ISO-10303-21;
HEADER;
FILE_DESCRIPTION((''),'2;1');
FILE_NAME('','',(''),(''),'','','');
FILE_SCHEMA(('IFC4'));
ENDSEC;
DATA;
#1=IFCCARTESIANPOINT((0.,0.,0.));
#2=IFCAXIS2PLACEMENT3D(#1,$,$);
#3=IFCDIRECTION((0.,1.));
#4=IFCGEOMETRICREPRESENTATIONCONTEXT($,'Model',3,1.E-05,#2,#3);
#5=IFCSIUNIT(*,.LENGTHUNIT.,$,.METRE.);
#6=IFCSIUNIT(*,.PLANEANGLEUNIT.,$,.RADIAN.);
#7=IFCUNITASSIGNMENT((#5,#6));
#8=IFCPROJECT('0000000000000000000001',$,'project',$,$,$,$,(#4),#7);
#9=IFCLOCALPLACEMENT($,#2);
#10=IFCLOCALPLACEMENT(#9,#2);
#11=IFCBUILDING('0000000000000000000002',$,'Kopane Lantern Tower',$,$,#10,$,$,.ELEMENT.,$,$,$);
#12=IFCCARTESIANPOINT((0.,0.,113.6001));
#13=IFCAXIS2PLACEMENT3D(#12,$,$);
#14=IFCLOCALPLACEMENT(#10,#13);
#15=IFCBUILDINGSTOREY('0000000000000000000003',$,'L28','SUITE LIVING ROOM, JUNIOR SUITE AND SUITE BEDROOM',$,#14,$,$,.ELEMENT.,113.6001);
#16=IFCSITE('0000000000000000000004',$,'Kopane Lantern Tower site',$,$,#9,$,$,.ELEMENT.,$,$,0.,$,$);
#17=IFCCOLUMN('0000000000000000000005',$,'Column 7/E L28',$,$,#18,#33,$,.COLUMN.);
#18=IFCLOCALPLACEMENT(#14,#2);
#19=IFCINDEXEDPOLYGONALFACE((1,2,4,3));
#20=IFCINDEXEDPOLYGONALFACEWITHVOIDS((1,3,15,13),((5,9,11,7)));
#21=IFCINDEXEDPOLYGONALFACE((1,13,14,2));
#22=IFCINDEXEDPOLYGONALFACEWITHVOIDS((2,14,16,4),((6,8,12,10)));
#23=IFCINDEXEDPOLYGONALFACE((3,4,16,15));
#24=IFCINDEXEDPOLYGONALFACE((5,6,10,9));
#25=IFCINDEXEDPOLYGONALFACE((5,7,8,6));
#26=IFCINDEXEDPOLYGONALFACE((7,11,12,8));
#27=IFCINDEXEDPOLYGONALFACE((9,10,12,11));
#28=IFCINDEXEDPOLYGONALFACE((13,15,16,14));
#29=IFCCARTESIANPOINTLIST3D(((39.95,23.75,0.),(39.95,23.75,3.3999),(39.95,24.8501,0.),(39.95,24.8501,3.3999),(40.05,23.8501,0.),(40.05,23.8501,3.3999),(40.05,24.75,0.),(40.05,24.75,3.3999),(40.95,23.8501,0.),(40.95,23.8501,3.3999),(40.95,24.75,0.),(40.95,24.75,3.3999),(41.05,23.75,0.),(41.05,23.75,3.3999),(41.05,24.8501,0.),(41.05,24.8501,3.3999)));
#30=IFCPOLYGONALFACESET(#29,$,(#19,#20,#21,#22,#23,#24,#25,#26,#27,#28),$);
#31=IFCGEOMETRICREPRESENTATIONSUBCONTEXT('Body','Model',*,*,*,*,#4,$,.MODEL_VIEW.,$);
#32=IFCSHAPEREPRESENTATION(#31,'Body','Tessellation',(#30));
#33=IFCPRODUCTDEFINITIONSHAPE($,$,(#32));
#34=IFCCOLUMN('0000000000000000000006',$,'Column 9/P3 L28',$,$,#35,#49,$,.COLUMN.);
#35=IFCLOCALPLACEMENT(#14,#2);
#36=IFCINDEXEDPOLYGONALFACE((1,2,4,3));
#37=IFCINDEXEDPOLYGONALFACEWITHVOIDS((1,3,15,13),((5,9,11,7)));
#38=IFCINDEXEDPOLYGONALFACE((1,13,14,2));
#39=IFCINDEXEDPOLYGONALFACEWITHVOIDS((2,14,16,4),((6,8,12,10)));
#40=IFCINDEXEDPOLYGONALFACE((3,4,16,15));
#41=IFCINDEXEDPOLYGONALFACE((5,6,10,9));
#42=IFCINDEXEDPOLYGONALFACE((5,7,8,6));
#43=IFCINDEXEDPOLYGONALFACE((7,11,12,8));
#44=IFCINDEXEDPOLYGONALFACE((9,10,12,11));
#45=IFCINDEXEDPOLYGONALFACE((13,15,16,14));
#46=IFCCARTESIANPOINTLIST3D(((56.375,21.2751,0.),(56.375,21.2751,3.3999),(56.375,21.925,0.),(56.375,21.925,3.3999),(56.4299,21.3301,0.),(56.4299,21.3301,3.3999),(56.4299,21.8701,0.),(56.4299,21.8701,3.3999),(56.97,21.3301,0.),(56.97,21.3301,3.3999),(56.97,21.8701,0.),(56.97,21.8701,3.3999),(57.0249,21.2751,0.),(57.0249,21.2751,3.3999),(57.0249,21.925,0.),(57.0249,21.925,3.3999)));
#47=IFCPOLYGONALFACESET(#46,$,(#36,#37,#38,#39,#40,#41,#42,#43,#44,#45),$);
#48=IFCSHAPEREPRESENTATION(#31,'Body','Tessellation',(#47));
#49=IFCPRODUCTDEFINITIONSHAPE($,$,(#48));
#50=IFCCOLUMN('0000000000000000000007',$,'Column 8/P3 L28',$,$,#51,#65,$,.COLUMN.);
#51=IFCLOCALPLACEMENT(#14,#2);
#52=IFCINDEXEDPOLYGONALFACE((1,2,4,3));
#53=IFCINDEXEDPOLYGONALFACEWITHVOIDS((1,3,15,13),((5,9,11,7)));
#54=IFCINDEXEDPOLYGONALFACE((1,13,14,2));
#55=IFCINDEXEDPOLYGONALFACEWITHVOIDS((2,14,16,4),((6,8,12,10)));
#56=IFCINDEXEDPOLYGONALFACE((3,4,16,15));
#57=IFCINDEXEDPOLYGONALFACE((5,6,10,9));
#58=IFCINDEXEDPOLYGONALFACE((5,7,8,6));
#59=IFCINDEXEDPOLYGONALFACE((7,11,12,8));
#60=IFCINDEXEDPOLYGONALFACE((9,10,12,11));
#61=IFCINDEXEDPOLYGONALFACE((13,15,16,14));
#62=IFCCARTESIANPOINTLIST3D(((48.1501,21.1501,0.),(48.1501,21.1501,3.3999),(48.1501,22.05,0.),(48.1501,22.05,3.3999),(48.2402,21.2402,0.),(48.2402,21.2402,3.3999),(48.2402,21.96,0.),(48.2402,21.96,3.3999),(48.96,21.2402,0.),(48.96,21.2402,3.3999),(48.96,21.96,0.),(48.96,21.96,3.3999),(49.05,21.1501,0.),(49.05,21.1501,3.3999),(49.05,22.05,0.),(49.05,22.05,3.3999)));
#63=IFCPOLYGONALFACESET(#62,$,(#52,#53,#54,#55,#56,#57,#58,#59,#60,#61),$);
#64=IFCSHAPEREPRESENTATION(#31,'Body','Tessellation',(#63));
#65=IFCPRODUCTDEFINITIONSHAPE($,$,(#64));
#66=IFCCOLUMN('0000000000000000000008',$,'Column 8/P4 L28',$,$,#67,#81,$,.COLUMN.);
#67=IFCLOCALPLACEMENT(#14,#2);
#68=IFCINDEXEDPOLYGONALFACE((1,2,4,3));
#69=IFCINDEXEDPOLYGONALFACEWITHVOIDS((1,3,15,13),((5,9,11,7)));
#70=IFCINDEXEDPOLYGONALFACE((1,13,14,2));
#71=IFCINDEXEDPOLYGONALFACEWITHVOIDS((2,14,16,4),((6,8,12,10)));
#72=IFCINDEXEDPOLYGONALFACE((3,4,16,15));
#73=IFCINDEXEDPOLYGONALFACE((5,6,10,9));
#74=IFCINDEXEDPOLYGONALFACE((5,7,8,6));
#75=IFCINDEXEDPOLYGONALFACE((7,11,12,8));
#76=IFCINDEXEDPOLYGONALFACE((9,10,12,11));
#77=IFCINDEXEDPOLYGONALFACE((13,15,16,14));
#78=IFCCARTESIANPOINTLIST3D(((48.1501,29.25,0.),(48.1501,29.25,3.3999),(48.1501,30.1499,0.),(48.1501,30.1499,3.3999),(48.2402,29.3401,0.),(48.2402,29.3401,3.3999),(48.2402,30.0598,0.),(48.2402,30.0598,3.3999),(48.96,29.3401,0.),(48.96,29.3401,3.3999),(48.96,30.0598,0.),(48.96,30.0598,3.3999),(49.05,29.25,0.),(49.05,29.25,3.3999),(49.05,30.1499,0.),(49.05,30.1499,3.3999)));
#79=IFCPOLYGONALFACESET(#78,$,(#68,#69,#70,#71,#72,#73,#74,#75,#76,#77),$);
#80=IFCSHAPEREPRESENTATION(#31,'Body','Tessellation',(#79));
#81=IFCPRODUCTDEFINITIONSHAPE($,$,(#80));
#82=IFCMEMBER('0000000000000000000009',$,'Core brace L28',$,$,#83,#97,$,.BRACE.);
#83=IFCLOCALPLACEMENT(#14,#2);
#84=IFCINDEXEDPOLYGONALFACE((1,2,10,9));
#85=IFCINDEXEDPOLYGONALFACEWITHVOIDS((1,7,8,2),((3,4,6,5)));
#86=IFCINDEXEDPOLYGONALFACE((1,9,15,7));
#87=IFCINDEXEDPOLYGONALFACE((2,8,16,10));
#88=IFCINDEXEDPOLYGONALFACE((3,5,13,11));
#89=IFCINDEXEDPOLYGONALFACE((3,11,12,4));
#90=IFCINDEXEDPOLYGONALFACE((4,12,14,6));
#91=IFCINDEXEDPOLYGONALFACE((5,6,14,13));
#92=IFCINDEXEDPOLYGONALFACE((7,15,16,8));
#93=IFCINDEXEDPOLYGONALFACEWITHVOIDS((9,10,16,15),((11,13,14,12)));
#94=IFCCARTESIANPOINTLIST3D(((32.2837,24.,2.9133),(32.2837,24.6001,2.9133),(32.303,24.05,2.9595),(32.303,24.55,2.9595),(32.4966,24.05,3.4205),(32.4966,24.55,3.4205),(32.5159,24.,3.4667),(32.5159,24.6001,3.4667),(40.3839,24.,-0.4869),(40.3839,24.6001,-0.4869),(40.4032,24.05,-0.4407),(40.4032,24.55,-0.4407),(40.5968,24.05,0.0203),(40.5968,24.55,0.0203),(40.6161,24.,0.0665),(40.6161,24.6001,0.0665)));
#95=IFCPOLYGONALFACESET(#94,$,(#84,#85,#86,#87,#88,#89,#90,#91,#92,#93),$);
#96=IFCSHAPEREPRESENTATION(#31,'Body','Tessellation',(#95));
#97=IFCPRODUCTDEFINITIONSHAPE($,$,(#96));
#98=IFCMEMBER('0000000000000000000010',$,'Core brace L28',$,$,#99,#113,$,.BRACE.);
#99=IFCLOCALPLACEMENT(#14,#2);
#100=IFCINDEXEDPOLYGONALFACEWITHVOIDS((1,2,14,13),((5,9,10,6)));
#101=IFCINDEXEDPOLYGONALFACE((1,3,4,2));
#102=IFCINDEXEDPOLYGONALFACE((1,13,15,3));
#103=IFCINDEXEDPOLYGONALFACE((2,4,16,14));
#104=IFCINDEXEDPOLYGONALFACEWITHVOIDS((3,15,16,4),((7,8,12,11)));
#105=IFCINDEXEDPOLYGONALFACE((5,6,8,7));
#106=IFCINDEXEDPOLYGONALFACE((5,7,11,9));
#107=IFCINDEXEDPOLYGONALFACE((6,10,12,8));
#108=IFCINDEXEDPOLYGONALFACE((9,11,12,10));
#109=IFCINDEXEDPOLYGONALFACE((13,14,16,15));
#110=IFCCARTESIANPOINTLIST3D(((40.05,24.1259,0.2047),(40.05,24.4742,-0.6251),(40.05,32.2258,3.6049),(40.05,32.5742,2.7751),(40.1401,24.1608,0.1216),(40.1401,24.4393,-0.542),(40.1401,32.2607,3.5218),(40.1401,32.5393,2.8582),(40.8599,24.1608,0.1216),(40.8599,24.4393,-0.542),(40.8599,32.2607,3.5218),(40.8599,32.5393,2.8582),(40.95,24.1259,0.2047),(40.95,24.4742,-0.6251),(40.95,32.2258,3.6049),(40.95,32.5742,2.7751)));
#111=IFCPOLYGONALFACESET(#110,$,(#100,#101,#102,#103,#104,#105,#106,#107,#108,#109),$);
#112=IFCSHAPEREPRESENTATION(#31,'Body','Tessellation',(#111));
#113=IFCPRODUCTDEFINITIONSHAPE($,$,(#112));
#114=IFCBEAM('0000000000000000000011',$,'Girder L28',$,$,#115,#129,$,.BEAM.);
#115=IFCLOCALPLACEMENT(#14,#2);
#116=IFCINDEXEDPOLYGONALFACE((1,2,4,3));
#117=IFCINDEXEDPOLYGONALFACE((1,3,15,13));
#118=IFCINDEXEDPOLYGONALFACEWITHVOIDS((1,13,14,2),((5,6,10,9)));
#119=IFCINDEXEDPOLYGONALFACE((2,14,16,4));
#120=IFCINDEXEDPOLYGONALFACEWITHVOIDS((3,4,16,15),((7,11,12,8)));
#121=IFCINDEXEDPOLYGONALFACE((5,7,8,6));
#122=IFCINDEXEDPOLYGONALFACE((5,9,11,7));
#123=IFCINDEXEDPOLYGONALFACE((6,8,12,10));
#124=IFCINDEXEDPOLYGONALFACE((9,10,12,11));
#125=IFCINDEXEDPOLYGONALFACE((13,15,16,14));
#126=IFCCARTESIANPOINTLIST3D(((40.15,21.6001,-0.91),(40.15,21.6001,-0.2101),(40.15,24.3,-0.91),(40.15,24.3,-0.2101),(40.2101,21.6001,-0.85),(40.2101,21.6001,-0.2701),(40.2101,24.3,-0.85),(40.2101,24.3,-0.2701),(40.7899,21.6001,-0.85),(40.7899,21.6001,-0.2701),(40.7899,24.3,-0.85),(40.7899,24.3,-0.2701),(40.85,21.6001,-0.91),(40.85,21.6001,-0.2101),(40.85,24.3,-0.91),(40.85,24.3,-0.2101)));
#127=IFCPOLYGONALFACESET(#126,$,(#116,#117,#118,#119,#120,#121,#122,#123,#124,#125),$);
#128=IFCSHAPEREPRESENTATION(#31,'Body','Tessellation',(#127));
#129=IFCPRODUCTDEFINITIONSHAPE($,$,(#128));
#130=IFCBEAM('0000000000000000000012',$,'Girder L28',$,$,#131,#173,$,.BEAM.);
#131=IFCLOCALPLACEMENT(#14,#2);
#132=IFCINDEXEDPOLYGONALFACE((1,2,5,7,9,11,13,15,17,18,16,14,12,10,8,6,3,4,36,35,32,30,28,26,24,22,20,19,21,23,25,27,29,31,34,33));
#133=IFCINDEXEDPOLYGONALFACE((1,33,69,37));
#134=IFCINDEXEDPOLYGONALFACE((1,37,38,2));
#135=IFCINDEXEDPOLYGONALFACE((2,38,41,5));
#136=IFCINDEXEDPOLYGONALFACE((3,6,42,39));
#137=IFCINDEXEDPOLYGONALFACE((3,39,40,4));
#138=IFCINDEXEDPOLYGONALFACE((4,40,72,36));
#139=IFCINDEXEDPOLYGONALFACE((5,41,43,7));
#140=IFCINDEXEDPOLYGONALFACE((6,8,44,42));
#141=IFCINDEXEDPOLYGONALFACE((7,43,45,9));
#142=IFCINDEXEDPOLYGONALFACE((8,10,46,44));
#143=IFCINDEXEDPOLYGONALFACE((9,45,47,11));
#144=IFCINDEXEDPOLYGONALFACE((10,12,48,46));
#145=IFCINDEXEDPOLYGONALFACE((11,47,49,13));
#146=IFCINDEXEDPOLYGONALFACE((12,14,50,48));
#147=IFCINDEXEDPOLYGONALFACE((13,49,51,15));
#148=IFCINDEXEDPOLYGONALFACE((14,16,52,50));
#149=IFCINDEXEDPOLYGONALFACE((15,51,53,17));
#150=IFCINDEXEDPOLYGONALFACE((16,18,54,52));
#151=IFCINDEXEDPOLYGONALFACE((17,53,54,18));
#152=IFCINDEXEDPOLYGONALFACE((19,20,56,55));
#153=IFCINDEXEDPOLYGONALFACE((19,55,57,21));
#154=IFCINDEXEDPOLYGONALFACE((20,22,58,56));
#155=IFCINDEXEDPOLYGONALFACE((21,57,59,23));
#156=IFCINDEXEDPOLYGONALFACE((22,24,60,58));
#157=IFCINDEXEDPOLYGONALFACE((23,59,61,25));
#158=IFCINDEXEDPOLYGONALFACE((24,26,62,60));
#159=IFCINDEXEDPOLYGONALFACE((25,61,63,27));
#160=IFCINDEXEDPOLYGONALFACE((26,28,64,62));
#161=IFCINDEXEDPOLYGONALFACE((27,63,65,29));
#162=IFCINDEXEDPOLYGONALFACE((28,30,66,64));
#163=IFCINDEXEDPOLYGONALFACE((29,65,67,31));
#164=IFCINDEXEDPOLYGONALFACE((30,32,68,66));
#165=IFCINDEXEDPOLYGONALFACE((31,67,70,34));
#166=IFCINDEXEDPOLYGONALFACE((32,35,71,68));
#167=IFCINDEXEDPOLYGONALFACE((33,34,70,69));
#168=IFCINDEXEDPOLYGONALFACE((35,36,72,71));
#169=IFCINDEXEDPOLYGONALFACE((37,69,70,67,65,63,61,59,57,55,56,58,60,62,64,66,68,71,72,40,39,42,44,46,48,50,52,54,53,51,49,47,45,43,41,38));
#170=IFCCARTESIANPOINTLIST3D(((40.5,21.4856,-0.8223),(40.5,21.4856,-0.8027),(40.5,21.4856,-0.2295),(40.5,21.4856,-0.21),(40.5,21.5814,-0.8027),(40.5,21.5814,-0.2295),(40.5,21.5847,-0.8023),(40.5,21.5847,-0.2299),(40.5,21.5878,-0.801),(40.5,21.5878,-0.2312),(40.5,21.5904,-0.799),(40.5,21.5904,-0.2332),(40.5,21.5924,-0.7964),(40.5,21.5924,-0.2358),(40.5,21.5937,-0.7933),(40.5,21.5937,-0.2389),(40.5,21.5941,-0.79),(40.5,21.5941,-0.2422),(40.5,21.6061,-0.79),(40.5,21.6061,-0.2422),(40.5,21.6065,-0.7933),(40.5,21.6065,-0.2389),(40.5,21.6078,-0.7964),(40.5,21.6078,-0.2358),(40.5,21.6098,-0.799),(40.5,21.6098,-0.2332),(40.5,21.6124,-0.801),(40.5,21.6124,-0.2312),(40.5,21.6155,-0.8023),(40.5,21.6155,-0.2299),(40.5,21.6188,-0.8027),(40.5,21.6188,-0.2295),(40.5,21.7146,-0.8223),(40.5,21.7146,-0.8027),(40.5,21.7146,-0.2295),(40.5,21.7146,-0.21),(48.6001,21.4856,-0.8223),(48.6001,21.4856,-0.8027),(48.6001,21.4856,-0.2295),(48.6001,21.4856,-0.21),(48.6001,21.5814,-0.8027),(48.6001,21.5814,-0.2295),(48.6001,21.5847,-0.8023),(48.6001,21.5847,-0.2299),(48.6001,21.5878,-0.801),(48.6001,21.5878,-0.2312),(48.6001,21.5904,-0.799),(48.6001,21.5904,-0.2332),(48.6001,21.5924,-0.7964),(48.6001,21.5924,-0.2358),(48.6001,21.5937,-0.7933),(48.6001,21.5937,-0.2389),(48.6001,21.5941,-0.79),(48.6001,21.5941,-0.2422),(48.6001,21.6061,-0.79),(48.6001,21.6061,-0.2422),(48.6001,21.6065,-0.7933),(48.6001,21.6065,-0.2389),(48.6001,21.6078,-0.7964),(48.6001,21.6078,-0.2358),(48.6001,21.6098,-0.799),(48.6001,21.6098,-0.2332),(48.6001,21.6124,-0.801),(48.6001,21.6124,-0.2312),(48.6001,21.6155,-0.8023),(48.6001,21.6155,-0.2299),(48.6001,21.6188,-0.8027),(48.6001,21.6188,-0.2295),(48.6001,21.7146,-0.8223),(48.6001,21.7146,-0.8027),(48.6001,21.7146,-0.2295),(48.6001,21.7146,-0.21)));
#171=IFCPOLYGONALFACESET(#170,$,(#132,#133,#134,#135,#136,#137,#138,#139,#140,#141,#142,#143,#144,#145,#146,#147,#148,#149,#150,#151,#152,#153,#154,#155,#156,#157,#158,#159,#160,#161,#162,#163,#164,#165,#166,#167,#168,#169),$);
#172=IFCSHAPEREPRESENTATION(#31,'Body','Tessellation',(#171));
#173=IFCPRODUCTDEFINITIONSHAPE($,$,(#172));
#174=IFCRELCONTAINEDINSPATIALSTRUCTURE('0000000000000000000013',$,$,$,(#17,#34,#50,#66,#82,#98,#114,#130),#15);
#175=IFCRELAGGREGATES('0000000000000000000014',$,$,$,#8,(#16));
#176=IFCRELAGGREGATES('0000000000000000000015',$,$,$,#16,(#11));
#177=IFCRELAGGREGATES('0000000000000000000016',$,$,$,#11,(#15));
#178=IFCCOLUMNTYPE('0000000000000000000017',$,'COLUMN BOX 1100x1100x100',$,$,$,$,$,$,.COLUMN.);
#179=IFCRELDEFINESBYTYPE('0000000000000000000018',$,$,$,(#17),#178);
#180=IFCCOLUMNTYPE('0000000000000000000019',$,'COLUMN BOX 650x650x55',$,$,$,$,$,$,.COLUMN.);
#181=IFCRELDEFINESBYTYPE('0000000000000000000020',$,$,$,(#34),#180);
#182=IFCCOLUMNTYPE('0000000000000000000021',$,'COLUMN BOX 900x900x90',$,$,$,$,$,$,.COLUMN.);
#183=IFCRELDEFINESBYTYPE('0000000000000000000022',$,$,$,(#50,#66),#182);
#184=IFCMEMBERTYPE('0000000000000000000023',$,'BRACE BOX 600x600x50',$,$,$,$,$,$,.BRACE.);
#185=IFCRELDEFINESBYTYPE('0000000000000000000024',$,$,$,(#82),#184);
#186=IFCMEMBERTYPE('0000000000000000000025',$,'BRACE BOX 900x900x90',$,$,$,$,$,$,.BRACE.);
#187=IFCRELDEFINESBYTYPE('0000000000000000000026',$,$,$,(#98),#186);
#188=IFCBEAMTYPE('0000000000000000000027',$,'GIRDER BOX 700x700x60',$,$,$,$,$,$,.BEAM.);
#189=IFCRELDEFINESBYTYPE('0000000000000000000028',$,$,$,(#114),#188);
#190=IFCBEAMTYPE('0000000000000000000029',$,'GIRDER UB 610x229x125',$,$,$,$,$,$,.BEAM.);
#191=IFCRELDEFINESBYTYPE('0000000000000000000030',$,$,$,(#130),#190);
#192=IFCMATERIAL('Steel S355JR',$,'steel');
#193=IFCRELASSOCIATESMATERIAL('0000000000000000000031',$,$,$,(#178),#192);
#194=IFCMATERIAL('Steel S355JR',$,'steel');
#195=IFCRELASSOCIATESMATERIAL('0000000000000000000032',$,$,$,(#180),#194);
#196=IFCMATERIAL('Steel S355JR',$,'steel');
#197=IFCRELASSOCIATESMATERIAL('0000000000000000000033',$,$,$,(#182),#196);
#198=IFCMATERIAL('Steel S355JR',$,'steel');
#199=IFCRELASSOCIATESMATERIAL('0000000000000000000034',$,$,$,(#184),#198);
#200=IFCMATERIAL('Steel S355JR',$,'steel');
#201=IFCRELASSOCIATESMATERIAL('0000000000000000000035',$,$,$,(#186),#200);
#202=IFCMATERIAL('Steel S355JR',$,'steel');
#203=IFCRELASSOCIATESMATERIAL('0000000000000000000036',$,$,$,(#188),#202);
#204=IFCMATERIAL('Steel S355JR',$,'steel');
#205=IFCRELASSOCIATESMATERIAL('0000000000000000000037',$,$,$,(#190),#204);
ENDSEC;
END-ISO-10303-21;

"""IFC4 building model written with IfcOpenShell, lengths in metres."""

from ifc_helpers import new_model, si_unit, direction, frame, origin, origin_2d, place, context, subcontext, project, spatial, hollow_rectangle, i_section, extrude, material, material_profile, profile_set, type_object, element, save


model = new_model("IFC4")

# Units and contexts
model_context = context("Model", 3, precision=1e-05, world=origin(), true_north=direction((0.0, 1.0)))
body_context = subcontext(model_context, "Body", "Model", "MODEL_VIEW")
ifc_project = project(units=[si_unit("LENGTHUNIT", "METRE"), si_unit("PLANEANGLEUNIT", "RADIAN")], contexts=[model_context])

# Site, building, storey
site_placement = place(None, origin())
site = spatial("IfcSite", under=ifc_project, at=site_placement, Name="Kopane Lantern Tower site", CompositionType="ELEMENT", RefElevation=0.0)
building_placement = place(site_placement, origin())
building = spatial("IfcBuilding", under=site, at=building_placement, Name="Kopane Lantern Tower", CompositionType="ELEMENT")
storey_placement = place(building_placement, frame((0.0, 0.0, 113.6001)))
storey = spatial("IfcBuildingStorey", under=building, at=storey_placement, Name="L28", Description="SUITE LIVING ROOM, JUNIOR SUITE AND SUITE BEDROOM", CompositionType="ELEMENT", Elevation=113.6001)

# Columns
ifc_material_1 = material(Name="Steel S355JR", Category="steel")
ifc_material_profile_1 = material_profile(ifc_material_1, hollow_rectangle(XDim=1.1001, YDim=1.1001, WallThickness=0.1001, at=origin_2d()), Name="BOX 1100x1100x100")
ifc_profile_set_1 = profile_set([ifc_material_profile_1], Name="Steel S355JR")
column_type_1 = type_object("IfcColumnType", Name="COLUMN BOX 1100x1100x100", PredefinedType="COLUMN", material=ifc_profile_set_1)
column_1_placement = place(storey_placement, frame((40.5, 24.3, 0.0), z_axis=(0.0, 0.0, 1.0), x_axis=(1.0, 0.0, 0.0)))
element("IfcColumn", 1, at=column_1_placement, inside=storey, type_object=column_type_1, Name="Column 7/E L28", PredefinedType="COLUMN", context=body_context, shape_type="SweptSolid", body=[
    extrude(hollow_rectangle(XDim=1.1001, YDim=1.1001, WallThickness=0.1001, at=origin_2d()), origin(), (0.0, 0.0, 1.0), 3.3999),
])
ifc_material_2 = material(Name="Steel S355JR", Category="steel")
ifc_material_profile_2 = material_profile(ifc_material_2, hollow_rectangle(XDim=0.6499, YDim=0.6499, WallThickness=0.0549, at=origin_2d()), Name="BOX 650x650x55")
ifc_profile_set_2 = profile_set([ifc_material_profile_2], Name="Steel S355JR")
column_type_2 = type_object("IfcColumnType", Name="COLUMN BOX 650x650x55", PredefinedType="COLUMN", material=ifc_profile_set_2)
column_2_placement = place(storey_placement, frame((56.7, 21.6001, 0.0), z_axis=(0.0, 0.0, 1.0), x_axis=(1.0, 0.0, 0.0)))
element("IfcColumn", 2, at=column_2_placement, inside=storey, type_object=column_type_2, Name="Column 9/P3 L28", PredefinedType="COLUMN", context=body_context, shape_type="SweptSolid", body=[
    extrude(hollow_rectangle(XDim=0.6499, YDim=0.6499, WallThickness=0.0549, at=origin_2d()), origin(), (0.0, 0.0, 1.0), 3.3999),
])
ifc_material_3 = material(Name="Steel S355JR", Category="steel")
ifc_material_profile_3 = material_profile(ifc_material_3, hollow_rectangle(XDim=0.8999, YDim=0.8999, WallThickness=0.0901, at=origin_2d()), Name="BOX 900x900x90")
ifc_profile_set_3 = profile_set([ifc_material_profile_3], Name="Steel S355JR")
column_type_3 = type_object("IfcColumnType", Name="COLUMN BOX 900x900x90", PredefinedType="COLUMN", material=ifc_profile_set_3)
for number, where, z_axis, x_axis, name in (
    (3, (48.6001, 21.6001, 0.0), (0.0, 0.0, 1.0), (1.0, 0.0, 0.0), "Column 8/P3 L28"),
    (4, (48.6001, 29.7, 0.0), (0.0, 0.0, 1.0), (1.0, 0.0, 0.0), "Column 8/P4 L28"),
):
    element("IfcColumn", number, at=place(storey_placement, frame(where, z_axis=z_axis, x_axis=x_axis)), inside=storey, type_object=column_type_3, Name=name, PredefinedType="COLUMN", context=body_context, shape_type="SweptSolid", body=[
        extrude(hollow_rectangle(XDim=0.8999, YDim=0.8999, WallThickness=0.0901, at=origin_2d()), origin(), (0.0, 0.0, 1.0), 3.3999),
    ])

# Members
ifc_material_4 = material(Name="Steel S355JR", Category="steel")
ifc_material_profile_4 = material_profile(ifc_material_4, hollow_rectangle(XDim=0.6001, YDim=0.6001, WallThickness=0.05, at=origin_2d()), Name="BOX 600x600x50")
ifc_profile_set_4 = profile_set([ifc_material_profile_4], Name="Steel S355JR")
member_type_1 = type_object("IfcMemberType", Name="BRACE BOX 600x600x50", PredefinedType="BRACE", material=ifc_profile_set_4)
member_1_placement = place(storey_placement, frame((40.5, 24.3, -0.2102), z_axis=(-0.922059, 0.0, 0.387049), x_axis=(0.0, -1.0, 0.0)))
element("IfcMember", 5, at=member_1_placement, inside=storey, type_object=member_type_1, Name="Core brace L28", PredefinedType="BRACE", context=body_context, shape_type="SweptSolid", body=[
    extrude(hollow_rectangle(XDim=0.6001, YDim=0.6001, WallThickness=0.05, at=origin_2d()), origin(), (0.0, 0.0, 1.0), 8.7849),
])
ifc_material_5 = material(Name="Steel S355JR", Category="steel")
ifc_material_profile_5 = material_profile(ifc_material_5, hollow_rectangle(XDim=0.8999, YDim=0.8999, WallThickness=0.0901, at=origin_2d()), Name="BOX 900x900x90")
ifc_profile_set_5 = profile_set([ifc_material_profile_5], Name="Steel S355JR")
member_type_2 = type_object("IfcMemberType", Name="BRACE BOX 900x900x90", PredefinedType="BRACE", material=ifc_profile_set_5)
member_2_placement = place(storey_placement, frame((40.5, 24.3, -0.2102), z_axis=(0.0, 0.922055, 0.387059), x_axis=(-1.0, 0.0, 0.0)))
element("IfcMember", 6, at=member_2_placement, inside=storey, type_object=member_type_2, Name="Core brace L28", PredefinedType="BRACE", context=body_context, shape_type="SweptSolid", body=[
    extrude(hollow_rectangle(XDim=0.8999, YDim=0.8999, WallThickness=0.0901, at=origin_2d()), origin(), (0.0, 0.0, 1.0), 8.7847),
])

# Beams
ifc_material_6 = material(Name="Steel S355JR", Category="steel")
ifc_material_profile_6 = material_profile(ifc_material_6, hollow_rectangle(XDim=0.7, YDim=0.7, WallThickness=0.0601, at=origin_2d()), Name="BOX 700x700x60")
ifc_profile_set_6 = profile_set([ifc_material_profile_6], Name="Steel S355JR")
beam_type_1 = type_object("IfcBeamType", Name="GIRDER BOX 700x700x60", PredefinedType="BEAM", material=ifc_profile_set_6)
beam_1_placement = place(storey_placement, frame((40.5, 21.6001, -0.5601), z_axis=(0.0, 1.0, 0.0), x_axis=(-1.0, 0.0, 0.0)))
element("IfcBeam", 7, at=beam_1_placement, inside=storey, type_object=beam_type_1, Name="Girder L28", PredefinedType="BEAM", context=body_context, shape_type="SweptSolid", body=[
    extrude(hollow_rectangle(XDim=0.7, YDim=0.7, WallThickness=0.0601, at=origin_2d()), origin(), (0.0, 0.0, 1.0), 2.7),
])
ifc_material_7 = material(Name="Steel S355JR", Category="steel")
ifc_material_profile_7 = material_profile(ifc_material_7, i_section(OverallWidth=0.229, OverallDepth=0.6123, WebThickness=0.012, FlangeThickness=0.0195, FilletRadius=0.0127, at=origin_2d()), Name="UB 610x229x125")
ifc_profile_set_7 = profile_set([ifc_material_profile_7], Name="Steel S355JR")
beam_type_2 = type_object("IfcBeamType", Name="GIRDER UB 610x229x125", PredefinedType="BEAM", material=ifc_profile_set_7)
beam_2_placement = place(storey_placement, frame((40.5, 21.6001, -0.5161), z_axis=(1.0, 0.0, 0.0), x_axis=(0.0, 1.0, 0.0)))
element("IfcBeam", 8, at=beam_2_placement, inside=storey, type_object=beam_type_2, Name="Girder L28", PredefinedType="BEAM", context=body_context, shape_type="SweptSolid", body=[
    extrude(i_section(OverallWidth=0.229, OverallDepth=0.6123, WebThickness=0.012, FlangeThickness=0.0195, FilletRadius=0.0127, at=origin_2d()), origin(), (0.0, 0.0, 1.0), 8.1001),
])

save(model, "model.ifc")
